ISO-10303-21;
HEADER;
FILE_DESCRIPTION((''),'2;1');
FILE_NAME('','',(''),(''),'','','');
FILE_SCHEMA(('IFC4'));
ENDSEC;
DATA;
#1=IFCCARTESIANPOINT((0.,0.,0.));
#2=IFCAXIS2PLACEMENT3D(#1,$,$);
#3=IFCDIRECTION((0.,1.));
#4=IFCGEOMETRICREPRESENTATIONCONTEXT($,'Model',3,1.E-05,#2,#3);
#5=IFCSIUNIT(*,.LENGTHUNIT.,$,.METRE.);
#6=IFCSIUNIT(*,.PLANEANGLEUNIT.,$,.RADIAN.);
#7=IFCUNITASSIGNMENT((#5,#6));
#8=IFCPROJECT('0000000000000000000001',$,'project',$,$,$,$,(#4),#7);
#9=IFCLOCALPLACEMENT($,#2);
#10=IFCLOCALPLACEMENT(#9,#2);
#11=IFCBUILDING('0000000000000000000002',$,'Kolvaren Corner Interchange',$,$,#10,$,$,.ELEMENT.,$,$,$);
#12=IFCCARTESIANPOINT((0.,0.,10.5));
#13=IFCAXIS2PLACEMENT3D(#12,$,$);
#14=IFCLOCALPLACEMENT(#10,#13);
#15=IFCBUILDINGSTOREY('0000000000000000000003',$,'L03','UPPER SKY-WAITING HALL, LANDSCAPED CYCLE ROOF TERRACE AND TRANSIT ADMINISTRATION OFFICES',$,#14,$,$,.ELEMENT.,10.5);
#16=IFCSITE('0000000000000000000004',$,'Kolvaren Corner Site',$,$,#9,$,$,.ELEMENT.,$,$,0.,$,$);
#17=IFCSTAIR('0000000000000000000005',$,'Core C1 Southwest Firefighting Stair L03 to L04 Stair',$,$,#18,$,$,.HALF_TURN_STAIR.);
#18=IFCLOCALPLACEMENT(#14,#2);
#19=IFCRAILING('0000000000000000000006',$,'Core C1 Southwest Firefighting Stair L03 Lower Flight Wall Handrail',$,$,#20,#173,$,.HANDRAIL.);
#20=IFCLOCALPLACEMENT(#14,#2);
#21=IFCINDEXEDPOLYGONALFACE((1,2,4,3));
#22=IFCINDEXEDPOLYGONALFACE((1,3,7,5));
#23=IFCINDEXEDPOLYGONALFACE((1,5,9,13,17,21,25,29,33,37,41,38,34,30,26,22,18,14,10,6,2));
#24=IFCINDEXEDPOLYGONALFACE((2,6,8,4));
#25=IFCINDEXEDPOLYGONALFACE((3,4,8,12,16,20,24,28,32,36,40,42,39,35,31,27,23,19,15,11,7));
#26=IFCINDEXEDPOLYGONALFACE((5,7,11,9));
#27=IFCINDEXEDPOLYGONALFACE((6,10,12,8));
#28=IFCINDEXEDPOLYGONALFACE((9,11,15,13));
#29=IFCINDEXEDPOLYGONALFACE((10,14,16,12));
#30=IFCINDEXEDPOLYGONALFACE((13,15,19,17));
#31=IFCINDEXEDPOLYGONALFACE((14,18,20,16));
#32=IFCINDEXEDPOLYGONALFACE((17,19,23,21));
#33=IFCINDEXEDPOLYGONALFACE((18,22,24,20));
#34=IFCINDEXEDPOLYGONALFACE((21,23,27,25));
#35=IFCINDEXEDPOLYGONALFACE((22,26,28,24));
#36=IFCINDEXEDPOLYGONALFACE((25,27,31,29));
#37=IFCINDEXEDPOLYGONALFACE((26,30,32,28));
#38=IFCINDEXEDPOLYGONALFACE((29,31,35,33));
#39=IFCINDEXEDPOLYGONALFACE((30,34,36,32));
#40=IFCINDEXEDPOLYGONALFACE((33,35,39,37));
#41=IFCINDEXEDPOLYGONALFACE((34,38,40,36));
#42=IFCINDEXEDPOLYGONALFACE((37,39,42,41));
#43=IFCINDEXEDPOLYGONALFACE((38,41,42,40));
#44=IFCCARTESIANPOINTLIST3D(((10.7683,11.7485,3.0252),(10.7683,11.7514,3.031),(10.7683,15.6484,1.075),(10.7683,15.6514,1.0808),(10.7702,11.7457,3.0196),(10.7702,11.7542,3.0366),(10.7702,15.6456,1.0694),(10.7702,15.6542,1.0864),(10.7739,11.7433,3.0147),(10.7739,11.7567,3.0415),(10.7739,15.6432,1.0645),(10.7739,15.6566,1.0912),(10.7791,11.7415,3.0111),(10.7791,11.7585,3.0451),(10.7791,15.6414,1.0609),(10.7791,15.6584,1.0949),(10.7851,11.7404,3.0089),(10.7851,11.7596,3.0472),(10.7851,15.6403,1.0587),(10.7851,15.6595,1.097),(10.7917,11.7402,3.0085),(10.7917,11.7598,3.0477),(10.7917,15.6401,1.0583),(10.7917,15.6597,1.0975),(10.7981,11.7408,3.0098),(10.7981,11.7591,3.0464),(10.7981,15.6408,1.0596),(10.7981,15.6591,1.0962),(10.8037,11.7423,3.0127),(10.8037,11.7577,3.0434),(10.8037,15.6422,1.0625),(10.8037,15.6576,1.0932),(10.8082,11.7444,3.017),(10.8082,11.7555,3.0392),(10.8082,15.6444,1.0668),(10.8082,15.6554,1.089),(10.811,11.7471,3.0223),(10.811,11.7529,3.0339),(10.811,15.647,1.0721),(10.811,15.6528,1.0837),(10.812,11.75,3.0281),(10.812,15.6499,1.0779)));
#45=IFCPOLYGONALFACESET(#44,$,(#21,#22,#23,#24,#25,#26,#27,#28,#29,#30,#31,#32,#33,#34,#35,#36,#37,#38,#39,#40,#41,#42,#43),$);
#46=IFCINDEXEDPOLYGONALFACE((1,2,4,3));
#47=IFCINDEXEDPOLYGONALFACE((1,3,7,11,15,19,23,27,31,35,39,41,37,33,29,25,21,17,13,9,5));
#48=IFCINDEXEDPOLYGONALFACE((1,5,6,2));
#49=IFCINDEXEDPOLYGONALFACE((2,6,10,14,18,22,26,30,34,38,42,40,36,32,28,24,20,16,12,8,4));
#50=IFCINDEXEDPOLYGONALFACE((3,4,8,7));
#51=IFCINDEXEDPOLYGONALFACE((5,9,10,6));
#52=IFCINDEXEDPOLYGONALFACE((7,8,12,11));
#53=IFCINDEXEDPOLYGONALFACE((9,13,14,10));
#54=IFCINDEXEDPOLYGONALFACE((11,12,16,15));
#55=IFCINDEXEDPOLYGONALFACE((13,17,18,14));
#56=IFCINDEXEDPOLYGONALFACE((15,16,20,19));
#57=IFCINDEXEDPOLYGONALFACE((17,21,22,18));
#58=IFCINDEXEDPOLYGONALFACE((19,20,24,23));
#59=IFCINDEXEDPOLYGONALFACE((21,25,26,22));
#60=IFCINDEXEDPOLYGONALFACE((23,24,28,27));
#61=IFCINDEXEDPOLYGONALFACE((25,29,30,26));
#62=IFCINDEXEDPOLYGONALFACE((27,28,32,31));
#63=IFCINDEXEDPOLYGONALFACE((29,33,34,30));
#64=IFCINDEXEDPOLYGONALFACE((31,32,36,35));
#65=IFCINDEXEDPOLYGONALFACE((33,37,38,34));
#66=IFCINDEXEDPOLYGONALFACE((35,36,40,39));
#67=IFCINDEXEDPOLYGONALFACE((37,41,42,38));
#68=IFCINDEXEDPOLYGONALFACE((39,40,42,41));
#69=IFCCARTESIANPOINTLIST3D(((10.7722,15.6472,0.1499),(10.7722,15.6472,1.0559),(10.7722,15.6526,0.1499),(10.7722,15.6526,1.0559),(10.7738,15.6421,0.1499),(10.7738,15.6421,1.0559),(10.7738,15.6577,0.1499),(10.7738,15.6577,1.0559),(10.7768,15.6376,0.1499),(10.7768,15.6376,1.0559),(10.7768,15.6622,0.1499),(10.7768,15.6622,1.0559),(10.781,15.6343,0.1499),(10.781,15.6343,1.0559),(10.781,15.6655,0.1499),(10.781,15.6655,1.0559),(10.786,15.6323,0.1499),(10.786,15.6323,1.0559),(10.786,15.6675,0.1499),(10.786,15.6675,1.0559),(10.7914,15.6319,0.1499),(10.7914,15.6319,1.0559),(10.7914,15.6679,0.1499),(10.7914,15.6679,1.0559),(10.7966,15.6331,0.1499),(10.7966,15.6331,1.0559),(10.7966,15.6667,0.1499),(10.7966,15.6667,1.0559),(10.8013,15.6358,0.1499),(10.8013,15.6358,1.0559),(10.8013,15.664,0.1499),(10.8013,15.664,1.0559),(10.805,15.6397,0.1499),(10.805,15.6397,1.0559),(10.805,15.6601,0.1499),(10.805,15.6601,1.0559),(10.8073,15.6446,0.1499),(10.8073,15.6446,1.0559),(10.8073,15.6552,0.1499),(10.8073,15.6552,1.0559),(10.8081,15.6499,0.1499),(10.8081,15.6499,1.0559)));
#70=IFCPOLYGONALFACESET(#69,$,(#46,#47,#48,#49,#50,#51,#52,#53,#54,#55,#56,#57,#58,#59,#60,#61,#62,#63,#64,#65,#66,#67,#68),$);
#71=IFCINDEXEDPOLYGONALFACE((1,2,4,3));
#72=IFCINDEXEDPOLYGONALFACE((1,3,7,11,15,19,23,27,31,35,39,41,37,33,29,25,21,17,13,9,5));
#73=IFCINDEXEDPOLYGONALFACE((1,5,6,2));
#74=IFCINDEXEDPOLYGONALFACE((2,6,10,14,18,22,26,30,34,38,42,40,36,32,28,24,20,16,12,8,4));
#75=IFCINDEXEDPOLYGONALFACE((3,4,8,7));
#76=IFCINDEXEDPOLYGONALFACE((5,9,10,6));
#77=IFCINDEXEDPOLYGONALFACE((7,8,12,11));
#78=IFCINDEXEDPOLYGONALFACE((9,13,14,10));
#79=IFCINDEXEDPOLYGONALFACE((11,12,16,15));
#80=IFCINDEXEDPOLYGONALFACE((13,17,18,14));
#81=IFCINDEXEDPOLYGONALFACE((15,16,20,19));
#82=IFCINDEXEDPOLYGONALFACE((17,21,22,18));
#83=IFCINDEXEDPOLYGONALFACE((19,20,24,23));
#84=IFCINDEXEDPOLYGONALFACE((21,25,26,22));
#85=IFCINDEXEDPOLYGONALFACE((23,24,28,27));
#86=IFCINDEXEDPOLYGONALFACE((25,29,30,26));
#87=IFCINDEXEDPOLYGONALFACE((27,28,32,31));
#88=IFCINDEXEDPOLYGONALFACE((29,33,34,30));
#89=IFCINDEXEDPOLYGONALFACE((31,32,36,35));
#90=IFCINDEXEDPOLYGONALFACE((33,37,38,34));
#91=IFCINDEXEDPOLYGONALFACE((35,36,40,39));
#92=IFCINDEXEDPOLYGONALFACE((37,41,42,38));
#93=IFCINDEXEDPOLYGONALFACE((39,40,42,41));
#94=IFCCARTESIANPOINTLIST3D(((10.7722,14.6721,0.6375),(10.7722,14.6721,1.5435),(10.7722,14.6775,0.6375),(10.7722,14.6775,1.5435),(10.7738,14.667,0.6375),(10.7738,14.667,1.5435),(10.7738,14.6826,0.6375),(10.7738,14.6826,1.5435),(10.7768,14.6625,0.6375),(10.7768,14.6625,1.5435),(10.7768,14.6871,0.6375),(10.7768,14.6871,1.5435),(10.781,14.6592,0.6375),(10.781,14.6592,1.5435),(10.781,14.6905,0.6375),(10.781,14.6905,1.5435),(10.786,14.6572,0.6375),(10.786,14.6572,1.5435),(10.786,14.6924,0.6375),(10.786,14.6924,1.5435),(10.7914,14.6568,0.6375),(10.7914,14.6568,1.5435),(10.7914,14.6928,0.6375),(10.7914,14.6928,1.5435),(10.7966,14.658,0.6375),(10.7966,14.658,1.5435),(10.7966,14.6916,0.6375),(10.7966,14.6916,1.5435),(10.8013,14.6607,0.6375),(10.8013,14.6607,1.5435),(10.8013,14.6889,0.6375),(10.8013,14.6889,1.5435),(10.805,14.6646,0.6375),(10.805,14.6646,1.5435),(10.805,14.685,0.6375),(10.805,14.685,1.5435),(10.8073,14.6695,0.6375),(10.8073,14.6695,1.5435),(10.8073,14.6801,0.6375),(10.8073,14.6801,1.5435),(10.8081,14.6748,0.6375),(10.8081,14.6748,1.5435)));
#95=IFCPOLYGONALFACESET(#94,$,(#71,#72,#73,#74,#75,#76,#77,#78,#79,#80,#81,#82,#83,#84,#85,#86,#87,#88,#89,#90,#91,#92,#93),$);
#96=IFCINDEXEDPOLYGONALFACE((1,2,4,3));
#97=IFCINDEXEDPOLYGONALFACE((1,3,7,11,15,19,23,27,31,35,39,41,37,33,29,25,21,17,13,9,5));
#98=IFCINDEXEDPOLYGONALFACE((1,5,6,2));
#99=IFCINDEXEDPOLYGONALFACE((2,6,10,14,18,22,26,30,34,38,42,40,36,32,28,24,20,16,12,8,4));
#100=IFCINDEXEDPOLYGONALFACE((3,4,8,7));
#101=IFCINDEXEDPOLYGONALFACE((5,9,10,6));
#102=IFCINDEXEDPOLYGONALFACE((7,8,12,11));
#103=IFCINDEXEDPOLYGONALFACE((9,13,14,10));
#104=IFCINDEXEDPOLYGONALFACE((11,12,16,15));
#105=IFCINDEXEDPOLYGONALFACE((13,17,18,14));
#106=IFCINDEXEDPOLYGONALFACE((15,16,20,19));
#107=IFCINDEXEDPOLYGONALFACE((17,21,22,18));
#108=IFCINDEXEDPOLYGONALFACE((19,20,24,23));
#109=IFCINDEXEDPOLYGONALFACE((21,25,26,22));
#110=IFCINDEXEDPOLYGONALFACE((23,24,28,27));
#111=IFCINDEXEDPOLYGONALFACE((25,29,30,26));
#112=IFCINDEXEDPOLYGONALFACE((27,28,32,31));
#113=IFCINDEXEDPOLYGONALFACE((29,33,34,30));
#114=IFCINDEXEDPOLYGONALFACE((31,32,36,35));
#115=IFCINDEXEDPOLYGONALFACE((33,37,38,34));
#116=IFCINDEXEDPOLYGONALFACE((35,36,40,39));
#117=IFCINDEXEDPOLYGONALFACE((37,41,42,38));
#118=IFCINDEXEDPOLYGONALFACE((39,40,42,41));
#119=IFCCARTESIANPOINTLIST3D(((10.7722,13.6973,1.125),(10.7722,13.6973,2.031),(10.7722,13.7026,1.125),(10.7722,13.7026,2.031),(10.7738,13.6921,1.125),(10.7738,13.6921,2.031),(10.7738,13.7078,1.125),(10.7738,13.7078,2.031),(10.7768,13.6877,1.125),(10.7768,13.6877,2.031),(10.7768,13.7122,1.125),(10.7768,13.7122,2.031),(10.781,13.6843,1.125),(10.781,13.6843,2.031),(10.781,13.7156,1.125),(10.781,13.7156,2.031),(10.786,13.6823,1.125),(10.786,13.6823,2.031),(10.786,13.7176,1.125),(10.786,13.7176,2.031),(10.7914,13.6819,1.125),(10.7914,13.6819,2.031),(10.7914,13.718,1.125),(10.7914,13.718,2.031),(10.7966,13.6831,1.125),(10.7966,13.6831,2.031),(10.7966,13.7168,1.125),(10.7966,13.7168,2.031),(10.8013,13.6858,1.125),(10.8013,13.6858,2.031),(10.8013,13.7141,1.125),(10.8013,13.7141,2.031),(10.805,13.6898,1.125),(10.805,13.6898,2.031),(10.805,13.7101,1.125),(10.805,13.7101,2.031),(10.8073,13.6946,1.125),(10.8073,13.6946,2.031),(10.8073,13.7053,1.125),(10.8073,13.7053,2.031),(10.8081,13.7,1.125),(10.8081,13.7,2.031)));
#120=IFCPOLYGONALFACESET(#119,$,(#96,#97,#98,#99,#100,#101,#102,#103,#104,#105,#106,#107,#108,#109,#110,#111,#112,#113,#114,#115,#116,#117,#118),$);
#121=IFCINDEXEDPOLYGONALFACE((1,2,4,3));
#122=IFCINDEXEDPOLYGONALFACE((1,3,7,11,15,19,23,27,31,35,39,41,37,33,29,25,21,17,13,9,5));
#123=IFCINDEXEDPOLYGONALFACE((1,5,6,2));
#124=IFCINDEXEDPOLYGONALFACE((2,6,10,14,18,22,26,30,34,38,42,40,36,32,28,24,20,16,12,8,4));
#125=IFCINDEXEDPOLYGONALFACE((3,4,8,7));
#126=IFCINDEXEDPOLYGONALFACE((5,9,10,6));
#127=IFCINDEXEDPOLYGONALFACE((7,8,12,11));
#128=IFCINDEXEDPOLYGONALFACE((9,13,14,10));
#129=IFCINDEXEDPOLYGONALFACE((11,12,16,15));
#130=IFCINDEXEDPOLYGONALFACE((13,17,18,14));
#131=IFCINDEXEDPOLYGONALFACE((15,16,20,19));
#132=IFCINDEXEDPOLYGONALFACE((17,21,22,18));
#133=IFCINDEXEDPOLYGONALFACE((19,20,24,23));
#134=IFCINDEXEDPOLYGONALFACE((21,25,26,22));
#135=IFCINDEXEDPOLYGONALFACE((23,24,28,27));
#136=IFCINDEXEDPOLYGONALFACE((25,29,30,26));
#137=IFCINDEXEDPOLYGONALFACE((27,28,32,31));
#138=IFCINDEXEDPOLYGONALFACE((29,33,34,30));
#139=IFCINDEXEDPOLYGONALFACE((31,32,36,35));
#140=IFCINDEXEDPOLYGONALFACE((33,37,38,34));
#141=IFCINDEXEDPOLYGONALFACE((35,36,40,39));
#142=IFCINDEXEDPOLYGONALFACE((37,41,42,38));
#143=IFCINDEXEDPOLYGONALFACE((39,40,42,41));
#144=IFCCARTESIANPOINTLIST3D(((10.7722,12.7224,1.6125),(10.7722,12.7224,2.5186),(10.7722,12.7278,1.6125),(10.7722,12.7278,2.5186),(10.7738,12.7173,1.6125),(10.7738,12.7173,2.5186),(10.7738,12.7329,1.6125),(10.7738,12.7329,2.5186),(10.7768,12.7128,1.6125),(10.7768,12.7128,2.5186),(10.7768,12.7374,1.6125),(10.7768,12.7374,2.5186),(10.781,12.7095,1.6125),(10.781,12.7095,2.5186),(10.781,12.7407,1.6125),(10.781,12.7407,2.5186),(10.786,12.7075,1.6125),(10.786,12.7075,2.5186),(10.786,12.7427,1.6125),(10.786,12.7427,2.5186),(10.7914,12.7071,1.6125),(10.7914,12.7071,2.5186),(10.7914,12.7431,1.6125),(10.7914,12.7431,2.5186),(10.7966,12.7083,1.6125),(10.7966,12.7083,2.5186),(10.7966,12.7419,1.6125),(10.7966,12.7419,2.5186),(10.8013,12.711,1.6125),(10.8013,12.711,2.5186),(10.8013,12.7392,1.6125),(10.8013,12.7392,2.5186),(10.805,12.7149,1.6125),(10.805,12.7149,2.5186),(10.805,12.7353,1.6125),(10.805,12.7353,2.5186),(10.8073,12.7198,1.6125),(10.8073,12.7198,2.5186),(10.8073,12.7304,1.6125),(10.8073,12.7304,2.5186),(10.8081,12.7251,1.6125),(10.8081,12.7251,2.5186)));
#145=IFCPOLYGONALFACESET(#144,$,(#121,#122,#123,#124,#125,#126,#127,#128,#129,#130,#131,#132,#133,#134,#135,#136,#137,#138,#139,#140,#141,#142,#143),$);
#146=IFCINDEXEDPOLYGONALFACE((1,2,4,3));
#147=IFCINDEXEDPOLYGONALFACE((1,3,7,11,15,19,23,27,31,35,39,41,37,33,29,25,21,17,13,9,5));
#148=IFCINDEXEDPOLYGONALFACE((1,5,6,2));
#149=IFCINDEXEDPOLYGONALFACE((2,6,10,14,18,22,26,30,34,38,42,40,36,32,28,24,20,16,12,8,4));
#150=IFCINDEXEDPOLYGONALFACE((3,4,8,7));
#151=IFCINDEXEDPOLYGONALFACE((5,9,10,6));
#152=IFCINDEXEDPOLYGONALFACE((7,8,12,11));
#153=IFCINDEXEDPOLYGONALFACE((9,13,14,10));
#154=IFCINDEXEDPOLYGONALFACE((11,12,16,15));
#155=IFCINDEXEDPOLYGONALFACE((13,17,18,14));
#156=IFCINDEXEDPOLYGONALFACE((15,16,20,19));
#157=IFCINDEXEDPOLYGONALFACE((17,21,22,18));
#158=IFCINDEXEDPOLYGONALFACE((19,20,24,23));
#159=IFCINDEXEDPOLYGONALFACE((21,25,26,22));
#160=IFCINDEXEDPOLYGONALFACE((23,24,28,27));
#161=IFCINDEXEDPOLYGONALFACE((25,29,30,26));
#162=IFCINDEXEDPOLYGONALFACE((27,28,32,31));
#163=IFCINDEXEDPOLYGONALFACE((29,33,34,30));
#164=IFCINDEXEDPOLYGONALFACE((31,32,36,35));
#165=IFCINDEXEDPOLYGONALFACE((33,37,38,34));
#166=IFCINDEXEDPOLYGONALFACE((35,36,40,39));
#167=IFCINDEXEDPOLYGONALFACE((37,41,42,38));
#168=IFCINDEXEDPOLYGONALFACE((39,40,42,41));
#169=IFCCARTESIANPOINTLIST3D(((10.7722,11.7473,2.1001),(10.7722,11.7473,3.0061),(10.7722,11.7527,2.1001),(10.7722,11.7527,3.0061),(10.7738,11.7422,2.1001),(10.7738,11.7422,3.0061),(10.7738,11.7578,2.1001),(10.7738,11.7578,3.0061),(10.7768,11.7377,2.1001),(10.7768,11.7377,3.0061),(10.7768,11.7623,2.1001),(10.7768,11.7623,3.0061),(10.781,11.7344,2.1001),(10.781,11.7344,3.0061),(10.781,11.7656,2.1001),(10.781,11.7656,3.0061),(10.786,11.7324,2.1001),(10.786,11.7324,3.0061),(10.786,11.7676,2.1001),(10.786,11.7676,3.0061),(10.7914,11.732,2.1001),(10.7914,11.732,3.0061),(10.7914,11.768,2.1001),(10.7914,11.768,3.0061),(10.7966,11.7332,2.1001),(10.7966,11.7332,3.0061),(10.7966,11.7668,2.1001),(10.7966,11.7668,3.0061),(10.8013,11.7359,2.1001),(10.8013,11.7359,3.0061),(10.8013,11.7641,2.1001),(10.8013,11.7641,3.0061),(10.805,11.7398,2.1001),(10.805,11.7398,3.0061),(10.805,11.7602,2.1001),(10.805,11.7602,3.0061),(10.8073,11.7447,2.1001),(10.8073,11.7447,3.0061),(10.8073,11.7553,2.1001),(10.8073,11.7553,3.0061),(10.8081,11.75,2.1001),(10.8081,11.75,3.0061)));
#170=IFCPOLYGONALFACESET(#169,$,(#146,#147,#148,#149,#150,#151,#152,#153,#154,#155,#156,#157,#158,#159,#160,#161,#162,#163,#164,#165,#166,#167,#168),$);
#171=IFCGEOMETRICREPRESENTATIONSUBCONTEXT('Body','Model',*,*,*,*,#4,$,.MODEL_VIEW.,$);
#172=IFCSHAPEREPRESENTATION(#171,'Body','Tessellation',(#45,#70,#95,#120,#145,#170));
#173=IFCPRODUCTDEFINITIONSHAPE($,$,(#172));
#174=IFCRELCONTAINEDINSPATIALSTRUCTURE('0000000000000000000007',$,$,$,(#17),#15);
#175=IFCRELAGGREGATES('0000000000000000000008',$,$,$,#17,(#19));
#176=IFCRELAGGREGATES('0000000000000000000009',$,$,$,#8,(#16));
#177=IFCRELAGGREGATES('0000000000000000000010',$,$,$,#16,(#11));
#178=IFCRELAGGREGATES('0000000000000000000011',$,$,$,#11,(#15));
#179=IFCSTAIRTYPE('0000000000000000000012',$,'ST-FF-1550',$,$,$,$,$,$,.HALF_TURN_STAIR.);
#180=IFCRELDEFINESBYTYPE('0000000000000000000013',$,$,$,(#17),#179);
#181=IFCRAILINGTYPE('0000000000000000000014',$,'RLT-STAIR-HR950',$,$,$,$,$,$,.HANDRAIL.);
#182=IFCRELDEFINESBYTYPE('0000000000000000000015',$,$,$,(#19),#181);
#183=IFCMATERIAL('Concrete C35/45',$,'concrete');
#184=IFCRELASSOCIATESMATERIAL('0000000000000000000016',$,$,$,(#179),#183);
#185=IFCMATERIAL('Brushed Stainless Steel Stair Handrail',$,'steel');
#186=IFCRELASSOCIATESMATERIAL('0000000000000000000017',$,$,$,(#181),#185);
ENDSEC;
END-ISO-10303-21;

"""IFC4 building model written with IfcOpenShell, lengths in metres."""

from ifc_helpers import new_model, si_unit, direction, frame, origin, origin_2d, place, context, subcontext, project, spatial, circle, extrude, material, type_object, element, aggregate, save


model = new_model("IFC4")

# Units and contexts
model_context = context("Model", 3, precision=1e-05, world=origin(), true_north=direction((0.0, 1.0)))
body_context = subcontext(model_context, "Body", "Model", "MODEL_VIEW")
ifc_project = project(units=[si_unit("LENGTHUNIT", "METRE"), si_unit("PLANEANGLEUNIT", "RADIAN")], contexts=[model_context])

# Site, building, storey
site_placement = place(None, origin())
site = spatial("IfcSite", under=ifc_project, at=site_placement, Name="Kolvaren Corner Site", CompositionType="ELEMENT", RefElevation=0.0)
building_placement = place(site_placement, origin())
building = spatial("IfcBuilding", under=site, at=building_placement, Name="Kolvaren Corner Interchange", CompositionType="ELEMENT")
storey_placement = place(building_placement, frame((0.0, 0.0, 10.5)))
storey = spatial("IfcBuildingStorey", under=building, at=storey_placement, Name="L03", Description="UPPER SKY-WAITING HALL, LANDSCAPED CYCLE ROOF TERRACE AND TRANSIT ADMINISTRATION OFFICES", CompositionType="ELEMENT", Elevation=10.5)

# Stair, railing
ifc_material_1 = material(Name="Concrete C35/45", Category="concrete")
stair_type = type_object("IfcStairType", Name="ST-FF-1550", PredefinedType="HALF_TURN_STAIR", material=ifc_material_1)
stair_placement = place(storey_placement, origin())
stair = element("IfcStair", 1, at=stair_placement, inside=storey, type_object=stair_type, Name="Core C1 Southwest Firefighting Stair L03 to L04 Stair", PredefinedType="HALF_TURN_STAIR")
ifc_material_2 = material(Name="Brushed Stainless Steel Stair Handrail", Category="steel")
railing_type = type_object("IfcRailingType", Name="RLT-STAIR-HR950", PredefinedType="HANDRAIL", material=ifc_material_2)
railing_placement = place(storey_placement, frame((10.79, 15.6499, 0.1499)))
railing = element("IfcRailing", 2, at=railing_placement, type_object=railing_type, Name="Core C1 Southwest Firefighting Stair L03 Lower Flight Wall Handrail", PredefinedType="HANDRAIL", context=body_context, shape_type="SweptSolid", body=[
    extrude(circle(Radius=0.022, at=origin_2d()), frame((0.0, 0.0, 0.928), z_axis=(0.0, -0.894405, 0.447258), x_axis=(1.0, 0.0, 0.0)), (0.0, 0.0, 1.0), 4.3604),
    extrude(circle(Radius=0.0181, at=origin_2d()), origin(), (0.0, 0.0, 1.0), 0.906),
    extrude(circle(Radius=0.0181, at=origin_2d()), frame((0.0, -0.9751, 0.4875)), (0.0, 0.0, 1.0), 0.906),
    extrude(circle(Radius=0.0181, at=origin_2d()), frame((0.0, -1.95, 0.9751)), (0.0, 0.0, 1.0), 0.906),
    extrude(circle(Radius=0.0181, at=origin_2d()), frame((0.0, -2.9248, 1.4626)), (0.0, 0.0, 1.0), 0.906),
    extrude(circle(Radius=0.0181, at=origin_2d()), frame((0.0, -3.8999, 1.9502)), (0.0, 0.0, 1.0), 0.906),
])
aggregate(stair, [railing])

save(model, "model.ifc")
